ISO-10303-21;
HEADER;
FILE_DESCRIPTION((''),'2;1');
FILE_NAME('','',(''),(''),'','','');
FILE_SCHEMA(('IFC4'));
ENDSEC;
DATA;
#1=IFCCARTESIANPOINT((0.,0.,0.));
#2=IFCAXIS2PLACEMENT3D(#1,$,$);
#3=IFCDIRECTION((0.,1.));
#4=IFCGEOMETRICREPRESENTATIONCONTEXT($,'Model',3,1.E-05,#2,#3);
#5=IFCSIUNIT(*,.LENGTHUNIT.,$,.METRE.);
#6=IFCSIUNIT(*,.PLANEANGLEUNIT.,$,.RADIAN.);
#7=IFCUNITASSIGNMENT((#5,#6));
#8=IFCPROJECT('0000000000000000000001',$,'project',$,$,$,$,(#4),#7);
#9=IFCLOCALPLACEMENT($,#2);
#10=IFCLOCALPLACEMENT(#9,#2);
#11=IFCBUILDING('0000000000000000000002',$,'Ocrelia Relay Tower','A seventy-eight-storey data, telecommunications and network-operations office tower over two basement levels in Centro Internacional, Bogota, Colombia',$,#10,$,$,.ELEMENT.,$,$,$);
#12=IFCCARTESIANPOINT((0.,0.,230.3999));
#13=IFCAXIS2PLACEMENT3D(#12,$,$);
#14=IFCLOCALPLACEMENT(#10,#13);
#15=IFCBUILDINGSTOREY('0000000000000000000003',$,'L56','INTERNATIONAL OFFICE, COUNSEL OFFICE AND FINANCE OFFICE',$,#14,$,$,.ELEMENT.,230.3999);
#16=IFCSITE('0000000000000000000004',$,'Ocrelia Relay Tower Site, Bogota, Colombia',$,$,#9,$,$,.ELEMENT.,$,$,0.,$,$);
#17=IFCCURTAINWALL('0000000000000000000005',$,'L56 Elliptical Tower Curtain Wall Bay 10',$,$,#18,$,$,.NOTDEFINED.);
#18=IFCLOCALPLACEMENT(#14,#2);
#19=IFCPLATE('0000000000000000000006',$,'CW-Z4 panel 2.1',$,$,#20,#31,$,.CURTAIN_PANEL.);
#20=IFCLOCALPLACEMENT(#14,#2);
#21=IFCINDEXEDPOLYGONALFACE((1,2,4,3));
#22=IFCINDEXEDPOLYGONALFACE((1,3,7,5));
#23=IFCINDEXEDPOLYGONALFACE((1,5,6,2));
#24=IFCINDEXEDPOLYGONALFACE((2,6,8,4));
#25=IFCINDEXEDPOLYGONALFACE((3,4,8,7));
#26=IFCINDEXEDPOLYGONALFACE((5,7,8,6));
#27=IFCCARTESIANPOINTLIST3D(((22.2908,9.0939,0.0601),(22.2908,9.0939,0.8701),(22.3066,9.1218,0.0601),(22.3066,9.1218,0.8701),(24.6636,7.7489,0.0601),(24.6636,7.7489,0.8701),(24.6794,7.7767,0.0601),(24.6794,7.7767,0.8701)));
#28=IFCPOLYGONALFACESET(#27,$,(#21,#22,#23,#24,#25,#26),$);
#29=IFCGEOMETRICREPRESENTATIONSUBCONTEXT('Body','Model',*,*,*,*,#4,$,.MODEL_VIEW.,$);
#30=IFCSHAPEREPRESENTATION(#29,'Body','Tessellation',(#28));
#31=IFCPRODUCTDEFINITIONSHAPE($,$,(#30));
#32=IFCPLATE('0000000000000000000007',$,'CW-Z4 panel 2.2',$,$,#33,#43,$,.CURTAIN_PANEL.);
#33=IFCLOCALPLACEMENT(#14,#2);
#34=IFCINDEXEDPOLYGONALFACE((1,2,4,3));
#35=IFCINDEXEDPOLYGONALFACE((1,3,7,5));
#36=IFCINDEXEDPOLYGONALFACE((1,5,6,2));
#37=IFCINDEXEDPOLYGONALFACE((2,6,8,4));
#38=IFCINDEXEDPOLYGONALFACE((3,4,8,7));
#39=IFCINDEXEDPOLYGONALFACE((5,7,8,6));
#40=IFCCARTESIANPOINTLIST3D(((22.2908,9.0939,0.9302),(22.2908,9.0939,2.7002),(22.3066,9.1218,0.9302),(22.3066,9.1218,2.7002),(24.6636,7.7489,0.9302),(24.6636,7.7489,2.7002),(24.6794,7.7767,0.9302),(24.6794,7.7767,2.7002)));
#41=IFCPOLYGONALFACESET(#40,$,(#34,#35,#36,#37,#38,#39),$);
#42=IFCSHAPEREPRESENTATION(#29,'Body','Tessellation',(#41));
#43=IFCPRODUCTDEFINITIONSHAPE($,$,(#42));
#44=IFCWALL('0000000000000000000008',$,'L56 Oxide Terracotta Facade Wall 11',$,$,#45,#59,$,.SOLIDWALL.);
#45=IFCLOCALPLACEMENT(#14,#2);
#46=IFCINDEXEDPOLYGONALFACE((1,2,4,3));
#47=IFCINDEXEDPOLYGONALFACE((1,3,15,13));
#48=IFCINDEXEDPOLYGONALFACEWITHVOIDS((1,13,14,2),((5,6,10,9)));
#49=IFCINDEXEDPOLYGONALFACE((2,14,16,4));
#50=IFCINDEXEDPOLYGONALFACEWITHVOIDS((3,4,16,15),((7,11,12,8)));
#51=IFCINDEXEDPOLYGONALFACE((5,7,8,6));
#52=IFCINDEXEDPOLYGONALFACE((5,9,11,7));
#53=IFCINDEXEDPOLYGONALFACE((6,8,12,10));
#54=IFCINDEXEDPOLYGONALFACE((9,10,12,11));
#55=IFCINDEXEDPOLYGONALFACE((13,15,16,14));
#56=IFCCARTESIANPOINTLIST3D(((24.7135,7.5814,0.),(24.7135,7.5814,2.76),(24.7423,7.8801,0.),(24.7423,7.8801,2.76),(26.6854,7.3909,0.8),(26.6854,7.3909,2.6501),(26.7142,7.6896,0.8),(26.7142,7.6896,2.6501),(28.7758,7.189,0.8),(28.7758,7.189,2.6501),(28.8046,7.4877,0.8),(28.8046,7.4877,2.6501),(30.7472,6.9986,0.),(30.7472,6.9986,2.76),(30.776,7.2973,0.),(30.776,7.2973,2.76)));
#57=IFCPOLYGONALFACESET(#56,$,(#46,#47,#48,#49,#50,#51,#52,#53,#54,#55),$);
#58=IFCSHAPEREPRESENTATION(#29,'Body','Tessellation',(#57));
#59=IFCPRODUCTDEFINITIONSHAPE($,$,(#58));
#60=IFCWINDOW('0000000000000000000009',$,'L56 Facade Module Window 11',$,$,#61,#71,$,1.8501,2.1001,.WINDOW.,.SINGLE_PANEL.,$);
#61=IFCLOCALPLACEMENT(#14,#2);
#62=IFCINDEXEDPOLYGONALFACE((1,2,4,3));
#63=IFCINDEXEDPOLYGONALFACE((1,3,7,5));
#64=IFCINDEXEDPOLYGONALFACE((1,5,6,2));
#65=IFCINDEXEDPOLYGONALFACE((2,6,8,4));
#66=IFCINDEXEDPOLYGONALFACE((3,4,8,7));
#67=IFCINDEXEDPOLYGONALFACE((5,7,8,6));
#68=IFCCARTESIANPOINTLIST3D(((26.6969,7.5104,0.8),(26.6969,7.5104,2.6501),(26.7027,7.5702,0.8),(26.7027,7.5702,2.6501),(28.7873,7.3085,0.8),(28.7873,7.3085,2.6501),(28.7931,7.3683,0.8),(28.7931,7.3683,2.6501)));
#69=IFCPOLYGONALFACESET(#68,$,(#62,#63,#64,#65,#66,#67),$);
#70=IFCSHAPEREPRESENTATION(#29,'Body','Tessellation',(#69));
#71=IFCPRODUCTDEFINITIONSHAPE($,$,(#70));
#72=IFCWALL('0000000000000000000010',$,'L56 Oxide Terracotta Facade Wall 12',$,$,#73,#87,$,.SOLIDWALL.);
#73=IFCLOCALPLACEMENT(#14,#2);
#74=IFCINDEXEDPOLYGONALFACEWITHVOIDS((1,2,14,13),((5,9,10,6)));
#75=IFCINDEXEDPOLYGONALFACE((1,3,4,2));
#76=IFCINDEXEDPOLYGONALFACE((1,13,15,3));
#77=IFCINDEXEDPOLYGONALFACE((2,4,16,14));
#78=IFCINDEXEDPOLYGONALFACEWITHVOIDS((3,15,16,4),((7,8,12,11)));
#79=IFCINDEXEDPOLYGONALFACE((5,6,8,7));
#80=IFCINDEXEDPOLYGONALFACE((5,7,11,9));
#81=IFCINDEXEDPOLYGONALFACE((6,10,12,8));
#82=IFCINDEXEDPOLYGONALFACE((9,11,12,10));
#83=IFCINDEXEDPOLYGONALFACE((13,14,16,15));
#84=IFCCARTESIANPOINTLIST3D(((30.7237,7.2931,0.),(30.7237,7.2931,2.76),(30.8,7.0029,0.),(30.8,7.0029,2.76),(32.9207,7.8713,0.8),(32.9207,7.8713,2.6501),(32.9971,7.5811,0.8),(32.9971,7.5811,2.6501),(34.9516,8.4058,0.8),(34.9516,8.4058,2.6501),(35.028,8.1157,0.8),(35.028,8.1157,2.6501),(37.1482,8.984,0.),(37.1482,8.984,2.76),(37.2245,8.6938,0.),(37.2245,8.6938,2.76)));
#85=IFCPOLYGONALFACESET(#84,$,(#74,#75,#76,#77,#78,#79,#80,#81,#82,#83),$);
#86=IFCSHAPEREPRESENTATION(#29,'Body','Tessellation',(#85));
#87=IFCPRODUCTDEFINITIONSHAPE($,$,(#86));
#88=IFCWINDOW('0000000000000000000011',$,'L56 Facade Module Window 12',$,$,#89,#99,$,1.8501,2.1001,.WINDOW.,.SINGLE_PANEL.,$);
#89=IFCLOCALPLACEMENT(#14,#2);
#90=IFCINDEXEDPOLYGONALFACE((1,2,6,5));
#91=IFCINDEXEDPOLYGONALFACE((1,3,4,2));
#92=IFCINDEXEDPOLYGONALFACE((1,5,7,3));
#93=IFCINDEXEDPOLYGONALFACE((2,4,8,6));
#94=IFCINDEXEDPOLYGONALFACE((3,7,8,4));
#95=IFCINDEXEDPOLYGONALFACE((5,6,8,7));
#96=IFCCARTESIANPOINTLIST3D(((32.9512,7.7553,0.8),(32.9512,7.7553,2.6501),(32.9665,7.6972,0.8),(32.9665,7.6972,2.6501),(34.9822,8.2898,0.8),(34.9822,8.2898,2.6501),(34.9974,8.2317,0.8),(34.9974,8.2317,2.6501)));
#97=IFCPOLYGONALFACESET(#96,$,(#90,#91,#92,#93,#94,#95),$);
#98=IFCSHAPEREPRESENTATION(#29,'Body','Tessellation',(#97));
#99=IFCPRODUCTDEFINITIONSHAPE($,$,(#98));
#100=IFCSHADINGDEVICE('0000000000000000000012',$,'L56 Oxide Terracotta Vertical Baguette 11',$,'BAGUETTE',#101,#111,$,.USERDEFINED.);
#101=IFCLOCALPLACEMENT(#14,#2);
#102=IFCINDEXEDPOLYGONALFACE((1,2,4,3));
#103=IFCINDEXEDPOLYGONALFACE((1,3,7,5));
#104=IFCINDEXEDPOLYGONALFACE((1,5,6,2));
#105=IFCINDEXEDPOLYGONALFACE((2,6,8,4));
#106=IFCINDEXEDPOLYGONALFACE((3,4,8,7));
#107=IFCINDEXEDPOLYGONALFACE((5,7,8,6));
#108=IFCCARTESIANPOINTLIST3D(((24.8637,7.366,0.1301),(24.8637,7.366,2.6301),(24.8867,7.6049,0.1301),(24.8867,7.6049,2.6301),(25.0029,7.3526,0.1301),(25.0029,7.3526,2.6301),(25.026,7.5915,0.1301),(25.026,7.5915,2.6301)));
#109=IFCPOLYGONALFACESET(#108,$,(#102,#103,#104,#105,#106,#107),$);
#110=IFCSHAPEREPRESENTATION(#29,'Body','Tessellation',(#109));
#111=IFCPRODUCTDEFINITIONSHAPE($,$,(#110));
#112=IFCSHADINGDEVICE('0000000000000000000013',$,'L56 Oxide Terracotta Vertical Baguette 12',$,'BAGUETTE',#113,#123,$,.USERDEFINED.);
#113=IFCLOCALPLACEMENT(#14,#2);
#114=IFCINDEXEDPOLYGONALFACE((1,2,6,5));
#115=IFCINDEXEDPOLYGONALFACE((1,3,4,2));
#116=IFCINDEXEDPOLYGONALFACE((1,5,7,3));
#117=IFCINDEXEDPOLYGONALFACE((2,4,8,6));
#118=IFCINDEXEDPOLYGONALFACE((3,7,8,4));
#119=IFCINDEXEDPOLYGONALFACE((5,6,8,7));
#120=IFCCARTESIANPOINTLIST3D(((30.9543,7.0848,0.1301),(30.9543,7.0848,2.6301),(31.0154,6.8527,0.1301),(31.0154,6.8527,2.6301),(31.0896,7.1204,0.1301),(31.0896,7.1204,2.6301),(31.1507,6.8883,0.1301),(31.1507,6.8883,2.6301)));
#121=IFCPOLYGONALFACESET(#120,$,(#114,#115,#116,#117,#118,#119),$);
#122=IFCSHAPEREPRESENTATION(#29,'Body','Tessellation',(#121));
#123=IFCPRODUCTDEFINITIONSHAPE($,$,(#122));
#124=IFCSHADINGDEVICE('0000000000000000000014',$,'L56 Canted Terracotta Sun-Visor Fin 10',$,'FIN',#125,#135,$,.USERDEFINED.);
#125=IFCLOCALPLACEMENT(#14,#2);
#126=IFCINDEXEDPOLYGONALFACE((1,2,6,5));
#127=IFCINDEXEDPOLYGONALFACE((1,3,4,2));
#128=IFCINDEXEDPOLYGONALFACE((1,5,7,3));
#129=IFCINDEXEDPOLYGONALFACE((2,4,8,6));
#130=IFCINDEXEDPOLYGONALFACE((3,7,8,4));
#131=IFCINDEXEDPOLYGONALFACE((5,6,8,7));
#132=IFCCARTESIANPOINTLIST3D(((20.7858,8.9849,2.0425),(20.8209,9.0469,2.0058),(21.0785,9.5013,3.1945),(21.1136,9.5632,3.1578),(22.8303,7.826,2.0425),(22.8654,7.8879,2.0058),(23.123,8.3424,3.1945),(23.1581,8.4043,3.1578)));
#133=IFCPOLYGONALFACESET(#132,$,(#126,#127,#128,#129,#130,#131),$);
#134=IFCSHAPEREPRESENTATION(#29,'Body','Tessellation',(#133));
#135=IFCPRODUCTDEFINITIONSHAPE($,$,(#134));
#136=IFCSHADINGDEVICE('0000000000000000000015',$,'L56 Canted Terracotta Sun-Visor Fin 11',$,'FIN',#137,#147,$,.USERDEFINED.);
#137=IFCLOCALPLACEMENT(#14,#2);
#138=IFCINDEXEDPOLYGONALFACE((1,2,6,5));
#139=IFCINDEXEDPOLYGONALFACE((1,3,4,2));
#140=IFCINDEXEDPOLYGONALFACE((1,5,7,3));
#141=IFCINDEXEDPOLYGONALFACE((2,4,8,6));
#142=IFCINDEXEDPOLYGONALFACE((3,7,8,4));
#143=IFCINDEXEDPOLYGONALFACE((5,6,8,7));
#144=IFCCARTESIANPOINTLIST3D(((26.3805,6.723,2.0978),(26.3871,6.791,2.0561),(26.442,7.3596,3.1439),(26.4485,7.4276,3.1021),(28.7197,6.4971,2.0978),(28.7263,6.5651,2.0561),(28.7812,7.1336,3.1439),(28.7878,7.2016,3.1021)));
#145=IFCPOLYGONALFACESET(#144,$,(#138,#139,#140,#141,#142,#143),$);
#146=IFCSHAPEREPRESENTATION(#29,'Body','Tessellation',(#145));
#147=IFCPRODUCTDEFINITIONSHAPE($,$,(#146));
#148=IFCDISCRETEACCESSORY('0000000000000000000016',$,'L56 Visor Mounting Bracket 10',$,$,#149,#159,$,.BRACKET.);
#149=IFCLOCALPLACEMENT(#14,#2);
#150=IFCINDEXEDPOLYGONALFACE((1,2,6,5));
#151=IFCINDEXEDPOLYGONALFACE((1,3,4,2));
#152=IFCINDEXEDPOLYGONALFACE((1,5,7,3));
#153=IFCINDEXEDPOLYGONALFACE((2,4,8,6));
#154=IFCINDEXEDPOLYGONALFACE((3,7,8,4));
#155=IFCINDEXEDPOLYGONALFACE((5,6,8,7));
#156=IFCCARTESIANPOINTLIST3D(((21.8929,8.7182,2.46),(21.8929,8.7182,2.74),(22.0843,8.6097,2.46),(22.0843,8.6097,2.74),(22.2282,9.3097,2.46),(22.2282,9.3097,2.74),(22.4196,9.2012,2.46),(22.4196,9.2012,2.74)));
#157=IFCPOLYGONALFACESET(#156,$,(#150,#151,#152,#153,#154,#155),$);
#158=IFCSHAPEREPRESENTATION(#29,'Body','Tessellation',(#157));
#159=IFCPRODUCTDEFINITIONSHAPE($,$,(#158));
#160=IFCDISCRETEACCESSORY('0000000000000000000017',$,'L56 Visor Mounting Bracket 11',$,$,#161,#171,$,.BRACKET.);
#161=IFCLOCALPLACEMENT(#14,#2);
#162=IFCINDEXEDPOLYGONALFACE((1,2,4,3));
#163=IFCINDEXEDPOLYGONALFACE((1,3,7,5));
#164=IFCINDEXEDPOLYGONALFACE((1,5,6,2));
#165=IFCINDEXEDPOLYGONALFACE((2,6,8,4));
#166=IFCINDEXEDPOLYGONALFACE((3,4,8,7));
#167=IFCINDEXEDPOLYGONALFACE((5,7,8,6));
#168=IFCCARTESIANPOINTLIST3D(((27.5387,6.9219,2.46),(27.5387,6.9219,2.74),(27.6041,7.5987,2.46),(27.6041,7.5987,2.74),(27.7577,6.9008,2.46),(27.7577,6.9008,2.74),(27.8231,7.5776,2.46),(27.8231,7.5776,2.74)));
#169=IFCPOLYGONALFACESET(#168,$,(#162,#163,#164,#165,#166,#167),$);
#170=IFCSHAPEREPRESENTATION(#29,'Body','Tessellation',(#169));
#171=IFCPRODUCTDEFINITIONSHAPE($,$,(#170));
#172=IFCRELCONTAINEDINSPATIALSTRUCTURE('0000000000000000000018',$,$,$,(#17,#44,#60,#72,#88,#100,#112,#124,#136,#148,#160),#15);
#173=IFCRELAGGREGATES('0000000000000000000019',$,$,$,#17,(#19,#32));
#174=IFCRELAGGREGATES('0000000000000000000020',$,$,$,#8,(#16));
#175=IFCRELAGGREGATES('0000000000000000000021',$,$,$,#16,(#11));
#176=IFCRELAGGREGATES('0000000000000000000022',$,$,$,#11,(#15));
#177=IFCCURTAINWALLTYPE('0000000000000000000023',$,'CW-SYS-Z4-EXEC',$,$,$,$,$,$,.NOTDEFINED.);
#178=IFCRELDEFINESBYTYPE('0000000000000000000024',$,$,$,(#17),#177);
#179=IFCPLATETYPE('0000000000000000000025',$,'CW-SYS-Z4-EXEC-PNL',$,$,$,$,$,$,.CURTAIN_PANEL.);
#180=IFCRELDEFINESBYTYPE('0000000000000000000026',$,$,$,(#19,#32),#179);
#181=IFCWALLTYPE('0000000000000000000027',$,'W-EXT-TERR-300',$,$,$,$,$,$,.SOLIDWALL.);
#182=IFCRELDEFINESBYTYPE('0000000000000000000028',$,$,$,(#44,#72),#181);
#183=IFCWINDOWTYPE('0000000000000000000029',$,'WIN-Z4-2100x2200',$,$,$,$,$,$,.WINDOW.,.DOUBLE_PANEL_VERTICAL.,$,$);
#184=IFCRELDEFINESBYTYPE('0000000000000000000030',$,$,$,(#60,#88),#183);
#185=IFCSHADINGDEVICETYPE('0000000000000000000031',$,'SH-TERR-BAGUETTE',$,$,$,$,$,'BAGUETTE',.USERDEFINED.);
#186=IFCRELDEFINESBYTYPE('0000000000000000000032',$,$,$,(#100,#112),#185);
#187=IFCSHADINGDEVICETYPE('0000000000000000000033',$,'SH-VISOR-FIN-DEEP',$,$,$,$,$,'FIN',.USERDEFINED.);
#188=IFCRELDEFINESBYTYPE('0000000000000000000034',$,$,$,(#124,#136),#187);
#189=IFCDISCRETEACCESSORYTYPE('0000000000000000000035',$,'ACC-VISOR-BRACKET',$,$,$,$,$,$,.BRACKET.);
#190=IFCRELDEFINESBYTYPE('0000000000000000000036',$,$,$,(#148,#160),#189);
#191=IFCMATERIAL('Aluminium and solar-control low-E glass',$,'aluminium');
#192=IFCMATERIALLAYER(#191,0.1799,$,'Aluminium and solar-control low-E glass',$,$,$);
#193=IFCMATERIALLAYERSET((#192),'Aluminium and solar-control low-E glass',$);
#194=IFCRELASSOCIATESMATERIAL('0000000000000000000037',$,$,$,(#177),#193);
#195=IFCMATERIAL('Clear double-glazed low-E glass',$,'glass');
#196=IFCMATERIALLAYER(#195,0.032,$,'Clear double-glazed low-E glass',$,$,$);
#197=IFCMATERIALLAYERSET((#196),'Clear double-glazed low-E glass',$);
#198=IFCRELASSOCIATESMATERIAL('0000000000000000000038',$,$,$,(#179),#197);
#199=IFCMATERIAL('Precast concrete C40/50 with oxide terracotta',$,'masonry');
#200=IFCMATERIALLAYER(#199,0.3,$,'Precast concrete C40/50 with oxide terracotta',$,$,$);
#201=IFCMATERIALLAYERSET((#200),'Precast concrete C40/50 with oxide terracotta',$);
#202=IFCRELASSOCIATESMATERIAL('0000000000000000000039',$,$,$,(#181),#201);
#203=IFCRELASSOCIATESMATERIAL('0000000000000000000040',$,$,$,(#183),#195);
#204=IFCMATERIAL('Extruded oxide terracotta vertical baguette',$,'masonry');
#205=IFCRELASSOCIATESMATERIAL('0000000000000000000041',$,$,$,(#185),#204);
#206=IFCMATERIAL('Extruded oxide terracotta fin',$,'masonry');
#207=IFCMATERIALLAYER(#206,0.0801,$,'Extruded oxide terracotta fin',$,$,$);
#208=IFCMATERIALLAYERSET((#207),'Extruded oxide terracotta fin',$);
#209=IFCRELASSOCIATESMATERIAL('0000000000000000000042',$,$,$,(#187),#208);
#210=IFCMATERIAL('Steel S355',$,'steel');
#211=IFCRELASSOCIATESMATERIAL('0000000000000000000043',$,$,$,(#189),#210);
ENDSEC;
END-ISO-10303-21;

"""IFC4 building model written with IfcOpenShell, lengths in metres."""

from ifc_helpers import new_model, si_unit, direction, frame, frame_2d, origin, origin_2d, place, context, subcontext, project, spatial, rectangle, extrude, material, layer, layer_set, type_object, element, fill, aggregate, save


model = new_model("IFC4")

# Units and contexts
model_context = context("Model", 3, precision=1e-05, world=origin(), true_north=direction((0.0, 1.0)))
body_context = subcontext(model_context, "Body", "Model", "MODEL_VIEW")
ifc_project = project(units=[si_unit("LENGTHUNIT", "METRE"), si_unit("PLANEANGLEUNIT", "RADIAN")], contexts=[model_context])

# Site, building, storey
site_placement = place(None, origin())
site = spatial("IfcSite", under=ifc_project, at=site_placement, Name="Ocrelia Relay Tower Site, Bogota, Colombia", CompositionType="ELEMENT", RefElevation=0.0)
building_placement = place(site_placement, origin())
building = spatial("IfcBuilding", under=site, at=building_placement, Name="Ocrelia Relay Tower", Description="A seventy-eight-storey data, telecommunications and network-operations office tower over two basement levels in Centro Internacional, Bogota, Colombia", CompositionType="ELEMENT")
storey_placement = place(building_placement, frame((0.0, 0.0, 230.3999)))
storey = spatial("IfcBuildingStorey", under=building, at=storey_placement, Name="L56", Description="INTERNATIONAL OFFICE, COUNSEL OFFICE AND FINANCE OFFICE", CompositionType="ELEMENT", Elevation=230.3999)

# Shared definitions
ifc_material_1 = material(Name="Steel S355", Category="steel")

# Curtain wall, plates
ifc_material_2 = material(Name="Aluminium and solar-control low-E glass", Category="aluminium")
ifc_layer_1 = layer(ifc_material_2, 0.1799, Name="Aluminium and solar-control low-E glass")
ifc_layer_set_1 = layer_set([ifc_layer_1], Name="Aluminium and solar-control low-E glass")
curtain_wall_type = type_object("IfcCurtainWallType", Name="CW-SYS-Z4-EXEC", PredefinedType="NOTDEFINED", material=ifc_layer_set_1)
curtain_wall_placement = place(storey_placement, origin())
curtain_wall = element("IfcCurtainWall", 1, at=curtain_wall_placement, inside=storey, type_object=curtain_wall_type, Name="L56 Elliptical Tower Curtain Wall Bay 10", PredefinedType="NOTDEFINED")
ifc_material_3 = material(Name="Clear double-glazed low-E glass", Category="glass")
ifc_layer_2 = layer(ifc_material_3, 0.032, Name="Clear double-glazed low-E glass")
ifc_layer_set_2 = layer_set([ifc_layer_2], Name="Clear double-glazed low-E glass")
plate_type = type_object("IfcPlateType", Name="CW-SYS-Z4-EXEC-PNL", PredefinedType="CURTAIN_PANEL", material=ifc_layer_set_2)
plate_1_placement = place(storey_placement, frame((23.4851, 8.4353, 0.0601), z_axis=(0.0, 0.0, 1.0), x_axis=(0.869946, -0.493147, 0.0)))
plate_1 = element("IfcPlate", 2, at=plate_1_placement, type_object=plate_type, Name="CW-Z4 panel 2.1", PredefinedType="CURTAIN_PANEL", context=body_context, shape_type="SweptSolid", body=[
    extrude(rectangle(XDim=2.7275, YDim=0.032, at=origin_2d()), origin(), (0.0, 0.0, 1.0), 0.8101),
])
plate_2_placement = place(storey_placement, frame((23.4851, 8.4353, 0.9302), z_axis=(0.0, 0.0, 1.0), x_axis=(0.869946, -0.493147, 0.0)))
plate_2 = element("IfcPlate", 3, at=plate_2_placement, type_object=plate_type, Name="CW-Z4 panel 2.2", PredefinedType="CURTAIN_PANEL", context=body_context, shape_type="SweptSolid", body=[
    extrude(rectangle(XDim=2.7275, YDim=0.032, at=origin_2d()), origin(), (0.0, 0.0, 1.0), 1.77),
])
aggregate(curtain_wall, [plate_1, plate_2])

# Walls, openings, windows
ifc_material_4 = material(Name="Precast concrete C40/50 with oxide terracotta", Category="masonry")
ifc_layer_3 = layer(ifc_material_4, 0.3, Name="Precast concrete C40/50 with oxide terracotta")
ifc_layer_set_3 = layer_set([ifc_layer_3], Name="Precast concrete C40/50 with oxide terracotta")
wall_type = type_object("IfcWallType", Name="W-EXT-TERR-300", PredefinedType="SOLIDWALL", material=ifc_layer_set_3)
wall_1_placement = place(storey_placement, frame((24.728, 7.7307, 0.0), z_axis=(0.0, 0.0, 1.0), x_axis=(0.995368, -0.096138, 0.0)))
wall_1 = element("IfcWall", 4, at=wall_1_placement, inside=storey, type_object=wall_type, Name="L56 Oxide Terracotta Facade Wall 11", PredefinedType="SOLIDWALL", context=body_context, shape_type="SweptSolid", body=[
    extrude(rectangle(XDim=6.0618, YDim=0.3, at=frame_2d((3.0308, 0.0))), origin(), (0.0, 0.0, 1.0), 2.76),
])
opening_1_placement = place(wall_1_placement, frame((1.981, 0.0, 0.8)))
opening_1 = element("IfcOpeningElement", 5, at=opening_1_placement, cuts=wall_1, PredefinedType="OPENING", context=body_context, shape_type="SweptSolid", body=[
    extrude(rectangle(XDim=2.1001, YDim=1.8501, at=frame_2d((1.05, 0.925))), frame((0.0, 0.1602, 0.0), z_axis=(0.0, -1.0, 0.0), x_axis=(1.0, 0.0, 0.0)), (0.0, 0.0, 1.0), 0.3201),
])
window_type = type_object("IfcWindowType", Name="WIN-Z4-2100x2200", PartitioningType="DOUBLE_PANEL_VERTICAL", PredefinedType="WINDOW", material=ifc_material_3)
window_1_placement = place(opening_1_placement, origin())
window_1 = element("IfcWindow", 6, at=window_1_placement, inside=storey, type_object=window_type, Name="L56 Facade Module Window 11", OverallHeight=1.8501, OverallWidth=2.1001, PartitioningType="SINGLE_PANEL", PredefinedType="WINDOW", context=body_context, shape_type="SweptSolid", body=[
    extrude(rectangle(XDim=2.1001, YDim=1.8501, at=frame_2d((1.05, 0.925))), frame((0.0, 0.03, 0.0), z_axis=(0.0, -1.0, 0.0), x_axis=(1.0, 0.0, 0.0)), (0.0, 0.0, 1.0), 0.0601),
])
fill(opening_1, window_1)
wall_2_placement = place(storey_placement, frame((30.7617, 7.1479, 0.0), z_axis=(0.0, 0.0, 1.0), x_axis=(0.967065, 0.254528, 0.0)))
wall_2 = element("IfcWall", 7, at=wall_2_placement, inside=storey, type_object=wall_type, Name="L56 Oxide Terracotta Facade Wall 12", PredefinedType="SOLIDWALL", context=body_context, shape_type="SweptSolid", body=[
    extrude(rectangle(XDim=6.6433, YDim=0.3, at=frame_2d((3.3218, 0.0))), origin(), (0.0, 0.0, 1.0), 2.76),
])
opening_2_placement = place(wall_2_placement, frame((2.272, 0.0, 0.8)))
opening_2 = element("IfcOpeningElement", 8, at=opening_2_placement, cuts=wall_2, PredefinedType="OPENING", context=body_context, shape_type="SweptSolid", body=[
    extrude(rectangle(XDim=2.1001, YDim=1.8501, at=frame_2d((1.05, 0.925))), frame((0.0, 0.1602, 0.0), z_axis=(0.0, -1.0, 0.0), x_axis=(1.0, 0.0, 0.0)), (0.0, 0.0, 1.0), 0.3201),
])
window_2_placement = place(opening_2_placement, origin())
window_2 = element("IfcWindow", 9, at=window_2_placement, inside=storey, type_object=window_type, Name="L56 Facade Module Window 12", OverallHeight=1.8501, OverallWidth=2.1001, PartitioningType="SINGLE_PANEL", PredefinedType="WINDOW", context=body_context, shape_type="SweptSolid", body=[
    extrude(rectangle(XDim=2.1001, YDim=1.8501, at=frame_2d((1.05, 0.925))), frame((0.0, 0.03, 0.0), z_axis=(0.0, -1.0, 0.0), x_axis=(1.0, 0.0, 0.0)), (0.0, 0.0, 1.0), 0.0601),
])
fill(opening_2, window_2)

# Shading devices
ifc_material_5 = material(Name="Extruded oxide terracotta vertical baguette", Category="masonry")
shading_device_type_1 = type_object("IfcShadingDeviceType", Name="SH-TERR-BAGUETTE", ElementType="BAGUETTE", PredefinedType="USERDEFINED", material=ifc_material_5)
for number, where, z_axis, x_axis, name in (
    (10, (24.9448, 7.4788, 0.1301), (0.0, 0.0, 1.0), (0.995366, -0.096158, 0.0), "L56 Oxide Terracotta Vertical Baguette 11"),
    (11, (31.0525, 6.9866, 0.1301), (0.0, 0.0, 1.0), (0.967065, 0.254531, 0.0), "L56 Oxide Terracotta Vertical Baguette 12"),
):
    element("IfcShadingDevice", number, at=place(storey_placement, frame(where, z_axis=z_axis, x_axis=x_axis)), inside=storey, type_object=shading_device_type_1, Name=name, ObjectType="BAGUETTE", PredefinedType="USERDEFINED", context=body_context, shape_type="SweptSolid", body=[
        extrude(rectangle(XDim=0.1399, YDim=0.24, at=origin_2d()), origin(), (0.0, 0.0, 1.0), 2.5),
    ])
ifc_material_6 = material(Name="Extruded oxide terracotta fin", Category="masonry")
ifc_layer_4 = layer(ifc_material_6, 0.0801, Name="Extruded oxide terracotta fin")
ifc_layer_set_4 = layer_set([ifc_layer_4], Name="Extruded oxide terracotta fin")
shading_device_type_2 = type_object("IfcShadingDeviceType", Name="SH-VISOR-FIN-DEEP", ElementType="FIN", PredefinedType="USERDEFINED", material=ifc_layer_set_4)
shading_device_1_placement = place(storey_placement, frame((21.9895, 8.7256, 2.5818), z_axis=(-0.438377, -0.773327, 0.458029), x_axis=(0.869946, -0.493147, 0.0)))
element("IfcShadingDevice", 12, at=shading_device_1_placement, inside=storey, type_object=shading_device_type_2, Name="L56 Canted Terracotta Sun-Visor Fin 10", ObjectType="FIN", PredefinedType="USERDEFINED", context=body_context, shape_type="SweptSolid", body=[
    extrude(rectangle(XDim=2.3501, YDim=1.2959, at=origin_2d()), origin(), (0.0, 0.0, 1.0), 0.0801),
])
shading_device_2_placement = place(storey_placement, frame((27.5874, 6.9963, 2.5791), z_axis=(-0.082041, -0.849233, 0.521605), x_axis=(0.995366, -0.096158, 0.0)))
element("IfcShadingDevice", 13, at=shading_device_2_placement, inside=storey, type_object=shading_device_type_2, Name="L56 Canted Terracotta Sun-Visor Fin 11", ObjectType="FIN", PredefinedType="USERDEFINED", context=body_context, shape_type="SweptSolid", body=[
    extrude(rectangle(XDim=2.3501, YDim=1.2261, at=origin_2d()), origin(), (0.0, 0.0, 1.0), 0.0801),
])

# Discrete accessories
discrete_accessory_type = type_object("IfcDiscreteAccessoryType", Name="ACC-VISOR-BRACKET", PredefinedType="BRACKET", material=ifc_material_1)
for number, where, z_axis, x_axis, name in (
    (14, (22.1562, 8.9597, 2.46), (0.0, 0.0, 1.0), (0.869946, -0.493147, 0.0), "L56 Visor Mounting Bracket 10"),
    (15, (27.6809, 7.2498, 2.46), (0.0, 0.0, 1.0), (0.995366, -0.096158, 0.0), "L56 Visor Mounting Bracket 11"),
):
    element("IfcDiscreteAccessory", number, at=place(storey_placement, frame(where, z_axis=z_axis, x_axis=x_axis)), inside=storey, type_object=discrete_accessory_type, Name=name, PredefinedType="BRACKET", context=body_context, shape_type="SweptSolid", body=[
        extrude(rectangle(XDim=0.22, YDim=0.6799, at=origin_2d()), origin(), (0.0, 0.0, 1.0), 0.28),
    ])

save(model, "model.ifc")
